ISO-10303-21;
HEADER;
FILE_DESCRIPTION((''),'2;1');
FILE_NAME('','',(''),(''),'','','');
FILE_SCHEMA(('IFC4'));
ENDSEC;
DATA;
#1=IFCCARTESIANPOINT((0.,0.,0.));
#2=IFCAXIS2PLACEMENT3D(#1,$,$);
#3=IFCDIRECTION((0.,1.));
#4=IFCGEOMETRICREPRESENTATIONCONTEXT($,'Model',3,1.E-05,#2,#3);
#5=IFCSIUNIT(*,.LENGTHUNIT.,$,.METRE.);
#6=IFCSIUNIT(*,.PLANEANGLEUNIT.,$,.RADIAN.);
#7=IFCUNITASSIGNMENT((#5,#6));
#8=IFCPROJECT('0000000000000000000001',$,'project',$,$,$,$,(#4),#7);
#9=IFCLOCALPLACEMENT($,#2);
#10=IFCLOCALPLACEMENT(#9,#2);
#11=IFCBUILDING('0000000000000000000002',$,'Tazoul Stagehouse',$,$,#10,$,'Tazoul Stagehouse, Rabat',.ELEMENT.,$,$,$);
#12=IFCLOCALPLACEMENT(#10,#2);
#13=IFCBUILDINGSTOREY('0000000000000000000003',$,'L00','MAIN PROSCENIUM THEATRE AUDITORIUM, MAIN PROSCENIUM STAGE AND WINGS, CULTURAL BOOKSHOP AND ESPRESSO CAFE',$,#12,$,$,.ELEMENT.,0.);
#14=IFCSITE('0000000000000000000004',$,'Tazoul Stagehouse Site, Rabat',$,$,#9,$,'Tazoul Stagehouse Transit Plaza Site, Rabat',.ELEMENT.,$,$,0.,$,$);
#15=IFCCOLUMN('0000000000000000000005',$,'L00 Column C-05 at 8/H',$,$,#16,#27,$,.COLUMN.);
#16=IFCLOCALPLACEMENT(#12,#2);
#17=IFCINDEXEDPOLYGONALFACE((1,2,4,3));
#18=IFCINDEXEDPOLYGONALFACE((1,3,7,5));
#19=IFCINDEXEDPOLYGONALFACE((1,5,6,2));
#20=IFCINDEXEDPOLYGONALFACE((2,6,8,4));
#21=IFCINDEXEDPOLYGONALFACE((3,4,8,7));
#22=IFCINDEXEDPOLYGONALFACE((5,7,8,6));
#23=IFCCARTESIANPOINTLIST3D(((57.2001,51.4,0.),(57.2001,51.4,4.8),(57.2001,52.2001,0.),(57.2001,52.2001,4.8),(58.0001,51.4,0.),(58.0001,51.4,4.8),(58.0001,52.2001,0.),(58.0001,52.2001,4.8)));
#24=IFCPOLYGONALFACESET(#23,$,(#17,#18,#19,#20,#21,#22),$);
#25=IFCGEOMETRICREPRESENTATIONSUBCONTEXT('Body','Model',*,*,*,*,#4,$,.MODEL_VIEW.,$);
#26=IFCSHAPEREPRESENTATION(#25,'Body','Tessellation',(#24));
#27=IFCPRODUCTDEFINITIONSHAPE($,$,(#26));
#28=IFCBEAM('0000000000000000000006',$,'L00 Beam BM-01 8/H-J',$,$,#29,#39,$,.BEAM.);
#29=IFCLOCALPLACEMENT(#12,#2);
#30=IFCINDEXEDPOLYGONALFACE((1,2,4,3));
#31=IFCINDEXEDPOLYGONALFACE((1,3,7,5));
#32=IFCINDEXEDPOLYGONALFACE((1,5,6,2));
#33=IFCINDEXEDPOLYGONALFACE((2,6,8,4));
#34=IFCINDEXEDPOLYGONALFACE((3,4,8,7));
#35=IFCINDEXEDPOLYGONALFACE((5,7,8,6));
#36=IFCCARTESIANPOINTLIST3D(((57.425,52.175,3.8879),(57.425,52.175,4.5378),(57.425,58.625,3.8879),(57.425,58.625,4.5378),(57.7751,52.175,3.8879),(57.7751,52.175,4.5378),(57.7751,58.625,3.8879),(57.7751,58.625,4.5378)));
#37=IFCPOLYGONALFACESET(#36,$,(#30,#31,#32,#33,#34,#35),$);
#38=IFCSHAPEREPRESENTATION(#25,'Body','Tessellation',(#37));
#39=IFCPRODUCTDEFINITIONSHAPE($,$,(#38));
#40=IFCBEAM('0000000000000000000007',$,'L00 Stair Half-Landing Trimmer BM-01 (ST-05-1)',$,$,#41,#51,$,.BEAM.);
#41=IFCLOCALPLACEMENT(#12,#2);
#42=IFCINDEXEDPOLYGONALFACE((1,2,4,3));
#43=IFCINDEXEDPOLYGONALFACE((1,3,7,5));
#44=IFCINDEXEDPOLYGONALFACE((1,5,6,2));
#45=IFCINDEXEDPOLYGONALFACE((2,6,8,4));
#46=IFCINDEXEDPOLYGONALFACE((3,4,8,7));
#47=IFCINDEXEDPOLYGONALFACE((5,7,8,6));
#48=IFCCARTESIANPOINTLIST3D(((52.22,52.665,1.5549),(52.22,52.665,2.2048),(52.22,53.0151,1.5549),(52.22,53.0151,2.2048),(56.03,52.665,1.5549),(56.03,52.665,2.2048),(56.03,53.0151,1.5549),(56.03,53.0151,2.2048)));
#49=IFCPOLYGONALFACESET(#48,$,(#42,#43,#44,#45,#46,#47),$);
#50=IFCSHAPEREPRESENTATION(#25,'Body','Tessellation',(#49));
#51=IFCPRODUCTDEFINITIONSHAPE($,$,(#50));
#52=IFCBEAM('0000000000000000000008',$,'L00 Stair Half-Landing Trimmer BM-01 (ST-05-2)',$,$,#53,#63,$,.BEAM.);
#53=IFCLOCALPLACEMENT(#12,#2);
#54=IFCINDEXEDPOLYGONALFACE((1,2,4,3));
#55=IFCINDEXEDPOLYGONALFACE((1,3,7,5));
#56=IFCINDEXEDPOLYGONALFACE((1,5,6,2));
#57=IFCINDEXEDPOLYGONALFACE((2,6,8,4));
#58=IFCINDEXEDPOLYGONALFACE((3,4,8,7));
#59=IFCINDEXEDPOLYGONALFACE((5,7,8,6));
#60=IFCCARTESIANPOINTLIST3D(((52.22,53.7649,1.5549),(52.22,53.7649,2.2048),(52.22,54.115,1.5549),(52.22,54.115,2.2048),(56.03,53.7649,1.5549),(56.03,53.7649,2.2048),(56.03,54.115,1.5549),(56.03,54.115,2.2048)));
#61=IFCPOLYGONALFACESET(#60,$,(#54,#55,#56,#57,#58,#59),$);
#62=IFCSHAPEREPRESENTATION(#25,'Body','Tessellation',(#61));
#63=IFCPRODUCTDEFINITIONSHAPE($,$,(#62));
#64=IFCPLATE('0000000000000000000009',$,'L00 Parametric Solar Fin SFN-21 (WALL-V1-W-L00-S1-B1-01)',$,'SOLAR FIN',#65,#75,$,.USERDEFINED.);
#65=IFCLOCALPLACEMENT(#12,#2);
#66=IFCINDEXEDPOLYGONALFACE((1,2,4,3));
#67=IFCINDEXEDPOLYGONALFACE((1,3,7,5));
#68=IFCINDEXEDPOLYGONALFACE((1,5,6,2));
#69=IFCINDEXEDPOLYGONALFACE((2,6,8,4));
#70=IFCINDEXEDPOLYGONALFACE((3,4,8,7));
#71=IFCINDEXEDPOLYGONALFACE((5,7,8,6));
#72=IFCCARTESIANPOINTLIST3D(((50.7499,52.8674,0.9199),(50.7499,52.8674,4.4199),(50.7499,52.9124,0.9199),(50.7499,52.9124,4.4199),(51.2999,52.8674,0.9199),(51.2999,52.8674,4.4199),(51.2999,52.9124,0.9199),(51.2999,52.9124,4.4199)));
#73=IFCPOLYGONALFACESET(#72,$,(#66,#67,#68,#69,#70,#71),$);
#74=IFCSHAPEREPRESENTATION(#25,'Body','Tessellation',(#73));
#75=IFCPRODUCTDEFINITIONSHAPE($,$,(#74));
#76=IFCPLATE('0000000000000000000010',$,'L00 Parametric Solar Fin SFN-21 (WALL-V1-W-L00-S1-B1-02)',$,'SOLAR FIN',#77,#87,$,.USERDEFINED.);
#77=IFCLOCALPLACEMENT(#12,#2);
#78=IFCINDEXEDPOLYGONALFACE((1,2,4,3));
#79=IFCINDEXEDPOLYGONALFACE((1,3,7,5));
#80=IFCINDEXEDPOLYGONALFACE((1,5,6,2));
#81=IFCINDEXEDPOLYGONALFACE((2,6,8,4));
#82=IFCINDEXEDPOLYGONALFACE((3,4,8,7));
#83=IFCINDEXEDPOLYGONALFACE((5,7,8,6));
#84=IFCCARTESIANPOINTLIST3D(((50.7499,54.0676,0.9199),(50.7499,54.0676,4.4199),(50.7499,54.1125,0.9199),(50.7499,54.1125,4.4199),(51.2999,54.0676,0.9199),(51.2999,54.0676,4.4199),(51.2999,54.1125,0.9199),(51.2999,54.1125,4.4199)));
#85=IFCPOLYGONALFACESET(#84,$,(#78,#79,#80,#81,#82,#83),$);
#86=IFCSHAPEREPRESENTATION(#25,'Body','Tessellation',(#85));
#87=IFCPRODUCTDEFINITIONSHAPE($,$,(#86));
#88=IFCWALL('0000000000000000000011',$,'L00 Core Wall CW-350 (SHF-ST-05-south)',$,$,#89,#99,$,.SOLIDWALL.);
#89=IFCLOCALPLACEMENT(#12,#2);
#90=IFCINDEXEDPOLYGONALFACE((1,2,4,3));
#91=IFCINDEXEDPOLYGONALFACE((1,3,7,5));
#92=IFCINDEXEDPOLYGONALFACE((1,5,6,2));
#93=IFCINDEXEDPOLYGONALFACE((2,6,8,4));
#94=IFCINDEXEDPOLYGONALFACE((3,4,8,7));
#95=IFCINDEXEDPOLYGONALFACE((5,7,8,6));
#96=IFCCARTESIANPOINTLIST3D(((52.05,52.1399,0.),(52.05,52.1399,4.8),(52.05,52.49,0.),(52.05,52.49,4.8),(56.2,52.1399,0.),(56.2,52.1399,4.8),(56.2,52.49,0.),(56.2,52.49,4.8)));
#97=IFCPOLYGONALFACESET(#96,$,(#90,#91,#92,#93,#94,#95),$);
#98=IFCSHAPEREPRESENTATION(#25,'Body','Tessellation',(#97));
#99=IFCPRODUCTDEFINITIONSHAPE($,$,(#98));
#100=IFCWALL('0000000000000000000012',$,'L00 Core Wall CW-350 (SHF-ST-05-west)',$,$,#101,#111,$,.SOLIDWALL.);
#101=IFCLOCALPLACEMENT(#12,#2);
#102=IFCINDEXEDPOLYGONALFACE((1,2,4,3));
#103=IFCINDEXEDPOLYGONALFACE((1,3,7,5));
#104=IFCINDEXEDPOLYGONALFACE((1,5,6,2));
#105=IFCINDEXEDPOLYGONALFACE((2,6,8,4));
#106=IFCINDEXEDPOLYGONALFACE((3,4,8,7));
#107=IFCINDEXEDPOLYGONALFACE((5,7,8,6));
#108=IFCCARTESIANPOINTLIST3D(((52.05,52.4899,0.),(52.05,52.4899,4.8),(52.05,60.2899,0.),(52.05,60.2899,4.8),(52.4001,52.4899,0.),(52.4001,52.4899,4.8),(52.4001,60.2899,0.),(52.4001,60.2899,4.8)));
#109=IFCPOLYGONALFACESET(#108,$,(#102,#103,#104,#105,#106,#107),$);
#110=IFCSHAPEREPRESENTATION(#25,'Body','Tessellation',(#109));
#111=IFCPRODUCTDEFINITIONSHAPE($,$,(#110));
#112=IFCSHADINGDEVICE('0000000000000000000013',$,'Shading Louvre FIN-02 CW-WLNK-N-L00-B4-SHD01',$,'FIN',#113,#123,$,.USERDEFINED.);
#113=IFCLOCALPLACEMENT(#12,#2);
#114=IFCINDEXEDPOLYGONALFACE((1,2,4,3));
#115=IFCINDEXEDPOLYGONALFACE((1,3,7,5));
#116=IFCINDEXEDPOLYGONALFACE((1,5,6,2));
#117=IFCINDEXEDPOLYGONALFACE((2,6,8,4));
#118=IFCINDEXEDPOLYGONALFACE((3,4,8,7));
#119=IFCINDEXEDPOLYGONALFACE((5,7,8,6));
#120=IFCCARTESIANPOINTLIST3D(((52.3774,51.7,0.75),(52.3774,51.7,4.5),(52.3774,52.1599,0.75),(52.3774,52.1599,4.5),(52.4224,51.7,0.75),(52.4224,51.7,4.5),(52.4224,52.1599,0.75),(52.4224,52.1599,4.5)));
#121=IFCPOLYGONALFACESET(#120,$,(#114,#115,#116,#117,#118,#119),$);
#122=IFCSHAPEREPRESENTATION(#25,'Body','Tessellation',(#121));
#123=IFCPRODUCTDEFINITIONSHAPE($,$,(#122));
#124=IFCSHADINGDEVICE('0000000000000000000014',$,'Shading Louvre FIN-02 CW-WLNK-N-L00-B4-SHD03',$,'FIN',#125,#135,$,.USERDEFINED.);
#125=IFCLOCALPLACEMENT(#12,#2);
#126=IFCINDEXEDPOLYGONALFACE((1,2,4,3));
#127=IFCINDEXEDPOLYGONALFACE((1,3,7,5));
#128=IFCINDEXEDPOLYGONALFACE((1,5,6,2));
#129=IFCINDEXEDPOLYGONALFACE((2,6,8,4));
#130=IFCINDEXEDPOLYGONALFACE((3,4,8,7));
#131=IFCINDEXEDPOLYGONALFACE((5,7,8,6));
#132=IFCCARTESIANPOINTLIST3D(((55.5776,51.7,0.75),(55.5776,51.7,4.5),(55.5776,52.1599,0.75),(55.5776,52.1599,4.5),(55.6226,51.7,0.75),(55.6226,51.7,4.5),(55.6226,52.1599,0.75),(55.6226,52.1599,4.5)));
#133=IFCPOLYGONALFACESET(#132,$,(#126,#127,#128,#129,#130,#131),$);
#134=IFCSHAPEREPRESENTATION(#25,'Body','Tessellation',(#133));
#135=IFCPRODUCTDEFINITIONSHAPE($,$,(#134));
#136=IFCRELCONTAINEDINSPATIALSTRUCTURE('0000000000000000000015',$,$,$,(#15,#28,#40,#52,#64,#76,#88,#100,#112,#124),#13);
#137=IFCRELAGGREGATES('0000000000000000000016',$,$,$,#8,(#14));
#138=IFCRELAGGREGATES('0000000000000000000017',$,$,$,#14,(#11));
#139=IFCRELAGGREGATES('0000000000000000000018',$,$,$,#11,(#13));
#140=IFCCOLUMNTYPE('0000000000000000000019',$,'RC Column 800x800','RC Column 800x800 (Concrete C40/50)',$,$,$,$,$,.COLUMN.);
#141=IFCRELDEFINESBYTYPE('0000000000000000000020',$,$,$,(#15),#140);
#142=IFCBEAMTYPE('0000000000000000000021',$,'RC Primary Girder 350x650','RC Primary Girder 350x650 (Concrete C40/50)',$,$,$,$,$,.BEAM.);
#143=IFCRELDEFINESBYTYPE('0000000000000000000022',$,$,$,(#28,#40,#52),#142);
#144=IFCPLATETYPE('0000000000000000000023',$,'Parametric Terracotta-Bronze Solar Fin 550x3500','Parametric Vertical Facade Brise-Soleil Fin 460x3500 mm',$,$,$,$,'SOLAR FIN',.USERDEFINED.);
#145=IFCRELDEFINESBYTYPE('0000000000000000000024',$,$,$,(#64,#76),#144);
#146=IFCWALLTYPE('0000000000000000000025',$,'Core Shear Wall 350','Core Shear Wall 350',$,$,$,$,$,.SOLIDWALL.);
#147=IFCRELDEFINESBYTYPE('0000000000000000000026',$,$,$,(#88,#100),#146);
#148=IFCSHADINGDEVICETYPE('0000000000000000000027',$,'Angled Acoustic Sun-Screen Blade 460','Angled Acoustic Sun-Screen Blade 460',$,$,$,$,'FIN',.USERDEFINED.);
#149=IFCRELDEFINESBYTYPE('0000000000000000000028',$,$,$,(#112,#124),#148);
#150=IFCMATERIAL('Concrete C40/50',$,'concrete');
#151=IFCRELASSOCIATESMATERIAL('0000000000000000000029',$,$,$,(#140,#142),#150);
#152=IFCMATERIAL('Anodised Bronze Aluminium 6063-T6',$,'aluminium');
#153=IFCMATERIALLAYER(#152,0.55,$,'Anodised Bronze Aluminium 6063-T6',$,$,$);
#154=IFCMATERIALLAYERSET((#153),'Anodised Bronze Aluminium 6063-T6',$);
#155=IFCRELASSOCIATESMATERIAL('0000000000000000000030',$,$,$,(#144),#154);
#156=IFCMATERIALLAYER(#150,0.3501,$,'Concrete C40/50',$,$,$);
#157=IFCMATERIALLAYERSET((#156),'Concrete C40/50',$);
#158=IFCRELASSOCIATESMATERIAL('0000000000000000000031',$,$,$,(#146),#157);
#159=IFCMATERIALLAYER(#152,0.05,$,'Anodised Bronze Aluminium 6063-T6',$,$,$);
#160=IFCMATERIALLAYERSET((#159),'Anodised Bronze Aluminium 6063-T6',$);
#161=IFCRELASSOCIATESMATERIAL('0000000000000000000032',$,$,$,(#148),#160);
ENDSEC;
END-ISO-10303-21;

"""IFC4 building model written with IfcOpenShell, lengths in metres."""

from ifc_helpers import new_model, si_unit, direction, frame, frame_2d, origin, origin_2d, place, context, subcontext, project, spatial, rectangle, extrude, material, layer, layer_set, material_profile, profile_set, type_object, element, save


model = new_model("IFC4")

# Units and contexts
model_context = context("Model", 3, precision=1e-05, world=origin(), true_north=direction((0.0, 1.0)))
body_context = subcontext(model_context, "Body", "Model", "MODEL_VIEW")
ifc_project = project(units=[si_unit("LENGTHUNIT", "METRE"), si_unit("PLANEANGLEUNIT", "RADIAN")], contexts=[model_context])

# Site, building, storey
site_placement = place(None, origin())
site = spatial("IfcSite", under=ifc_project, at=site_placement, Name="Tazoul Stagehouse Site, Rabat", LongName="Tazoul Stagehouse Transit Plaza Site, Rabat", CompositionType="ELEMENT", RefElevation=0.0)
building_placement = place(site_placement, origin())
building = spatial("IfcBuilding", under=site, at=building_placement, Name="Tazoul Stagehouse", LongName="Tazoul Stagehouse, Rabat", CompositionType="ELEMENT")
storey_placement = place(building_placement, origin())
storey = spatial("IfcBuildingStorey", under=building, at=storey_placement, Name="L00", Description="MAIN PROSCENIUM THEATRE AUDITORIUM, MAIN PROSCENIUM STAGE AND WINGS, CULTURAL BOOKSHOP AND ESPRESSO CAFE", CompositionType="ELEMENT", Elevation=0.0)

# Column
ifc_material_1 = material(Name="Concrete C40/50", Category="concrete")
ifc_material_profile_1 = material_profile(ifc_material_1, rectangle(XDim=0.8, YDim=0.8, at=origin_2d()), Name="RC 800x800")
ifc_profile_set_1 = profile_set([ifc_material_profile_1], Name="Concrete C40/50")
column_type = type_object("IfcColumnType", Name="RC Column 800x800", Description="RC Column 800x800 (Concrete C40/50)", PredefinedType="COLUMN", material=ifc_profile_set_1)
column_placement = place(storey_placement, frame((57.6001, 51.8, 0.0), z_axis=(0.0, 0.0, 1.0), x_axis=(1.0, 0.0, 0.0)))
element("IfcColumn", 1, at=column_placement, inside=storey, type_object=column_type, Name="L00 Column C-05 at 8/H", PredefinedType="COLUMN", context=body_context, shape_type="SweptSolid", body=[
    extrude(rectangle(XDim=0.8, YDim=0.8, at=origin_2d()), origin(), (0.0, 0.0, 1.0), 4.8),
])

# Beams
ifc_material_profile_2 = material_profile(ifc_material_1, rectangle(XDim=0.3501, YDim=0.6499, at=origin_2d()), Name="RC 350x650")
ifc_profile_set_2 = profile_set([ifc_material_profile_2], Name="Concrete C40/50")
beam_type = type_object("IfcBeamType", Name="RC Primary Girder 350x650", Description="RC Primary Girder 350x650 (Concrete C40/50)", PredefinedType="BEAM", material=ifc_profile_set_2)
beam_placement = place(storey_placement, frame((57.6001, 52.175, 4.2129), z_axis=(0.0, 1.0, 0.0), x_axis=(-1.0, 0.0, 0.0)))
element("IfcBeam", 2, at=beam_placement, inside=storey, type_object=beam_type, Name="L00 Beam BM-01 8/H-J", PredefinedType="BEAM", context=body_context, shape_type="SweptSolid", body=[
    extrude(rectangle(XDim=0.3501, YDim=0.6499, at=origin_2d()), origin(), (0.0, 0.0, 1.0), 6.45),
])
for number, where, z_axis, x_axis, name in (
    (3, (52.22, 52.8401, 1.8799), (1.0, 0.0, 0.0), (0.0, 1.0, 0.0), "L00 Stair Half-Landing Trimmer BM-01 (ST-05-1)"),
    (4, (52.22, 53.9399, 1.8799), (1.0, 0.0, 0.0), (0.0, 1.0, 0.0), "L00 Stair Half-Landing Trimmer BM-01 (ST-05-2)"),
):
    element("IfcBeam", number, at=place(storey_placement, frame(where, z_axis=z_axis, x_axis=x_axis)), inside=storey, type_object=beam_type, Name=name, PredefinedType="BEAM", context=body_context, shape_type="SweptSolid", body=[
        extrude(rectangle(XDim=0.3501, YDim=0.6499, at=origin_2d()), origin(), (0.0, 0.0, 1.0), 3.8101),
    ])

# Plates
ifc_material_2 = material(Name="Anodised Bronze Aluminium 6063-T6", Category="aluminium")
ifc_layer_1 = layer(ifc_material_2, 0.55, Name="Anodised Bronze Aluminium 6063-T6")
ifc_layer_set_1 = layer_set([ifc_layer_1], Name="Anodised Bronze Aluminium 6063-T6")
plate_type = type_object("IfcPlateType", Name="Parametric Terracotta-Bronze Solar Fin 550x3500", Description="Parametric Vertical Facade Brise-Soleil Fin 460x3500 mm", ElementType="SOLAR FIN", PredefinedType="USERDEFINED", material=ifc_layer_set_1)
for number, where, z_axis, x_axis, name in (
    (5, (51.0249, 52.8899, 0.9199), (0.0, 0.0, 1.0), (0.0, 1.0, 0.0), "L00 Parametric Solar Fin SFN-21 (WALL-V1-W-L00-S1-B1-01)"),
    (6, (51.0249, 54.0901, 0.9199), (0.0, 0.0, 1.0), (0.0, 1.0, 0.0), "L00 Parametric Solar Fin SFN-21 (WALL-V1-W-L00-S1-B1-02)"),
):
    element("IfcPlate", number, at=place(storey_placement, frame(where, z_axis=z_axis, x_axis=x_axis)), inside=storey, type_object=plate_type, Name=name, ObjectType="SOLAR FIN", PredefinedType="USERDEFINED", context=body_context, shape_type="SweptSolid", body=[
        extrude(rectangle(XDim=0.0449, YDim=0.55, at=origin_2d()), origin(), (0.0, 0.0, 1.0), 3.5),
    ])

# Walls
ifc_layer_2 = layer(ifc_material_1, 0.3501, Name="Concrete C40/50")
ifc_layer_set_2 = layer_set([ifc_layer_2], Name="Concrete C40/50")
wall_type = type_object("IfcWallType", Name="Core Shear Wall 350", Description="Core Shear Wall 350", PredefinedType="SOLIDWALL", material=ifc_layer_set_2)
wall_1_placement = place(storey_placement, frame((56.2, 52.3149, 0.0), z_axis=(0.0, 0.0, 1.0), x_axis=(-1.0, 0.0, 0.0)))
element("IfcWall", 7, at=wall_1_placement, inside=storey, type_object=wall_type, Name="L00 Core Wall CW-350 (SHF-ST-05-south)", PredefinedType="SOLIDWALL", context=body_context, shape_type="SweptSolid", body=[
    extrude(rectangle(XDim=4.1499, YDim=0.3501, at=frame_2d((2.075, 0.0))), origin(), (0.0, 0.0, 1.0), 4.8),
])
wall_2_placement = place(storey_placement, frame((52.2251, 52.49, 0.0), z_axis=(0.0, 0.0, 1.0), x_axis=(0.0, 1.0, 0.0)))
element("IfcWall", 8, at=wall_2_placement, inside=storey, type_object=wall_type, Name="L00 Core Wall CW-350 (SHF-ST-05-west)", PredefinedType="SOLIDWALL", context=body_context, shape_type="SweptSolid", body=[
    extrude(rectangle(XDim=7.8, YDim=0.3501, at=frame_2d((3.8999, 0.0))), origin(), (0.0, 0.0, 1.0), 4.8),
])

# Shading devices
ifc_layer_3 = layer(ifc_material_2, 0.05, Name="Anodised Bronze Aluminium 6063-T6")
ifc_layer_set_3 = layer_set([ifc_layer_3], Name="Anodised Bronze Aluminium 6063-T6")
shading_device_type_1 = type_object("IfcShadingDeviceType", Name="Angled Acoustic Sun-Screen Blade 460", Description="Angled Acoustic Sun-Screen Blade 460", ElementType="FIN", PredefinedType="USERDEFINED", material=ifc_layer_set_3)
for number, where, z_axis, x_axis, name in (
    (9, (52.3999, 51.9299, 0.75), (0.0, 0.0, 1.0), (1.0, 0.0, 0.0), "Shading Louvre FIN-02 CW-WLNK-N-L00-B4-SHD01"),
    (10, (55.6001, 51.9299, 0.75), (0.0, 0.0, 1.0), (1.0, 0.0, 0.0), "Shading Louvre FIN-02 CW-WLNK-N-L00-B4-SHD03"),
):
    element("IfcShadingDevice", number, at=place(storey_placement, frame(where, z_axis=z_axis, x_axis=x_axis)), inside=storey, type_object=shading_device_type_1, Name=name, ObjectType="FIN", PredefinedType="USERDEFINED", context=body_context, shape_type="SweptSolid", body=[
        extrude(rectangle(XDim=0.0449, YDim=0.46, at=origin_2d()), origin(), (0.0, 0.0, 1.0), 3.75),
    ])

save(model, "model.ifc")
